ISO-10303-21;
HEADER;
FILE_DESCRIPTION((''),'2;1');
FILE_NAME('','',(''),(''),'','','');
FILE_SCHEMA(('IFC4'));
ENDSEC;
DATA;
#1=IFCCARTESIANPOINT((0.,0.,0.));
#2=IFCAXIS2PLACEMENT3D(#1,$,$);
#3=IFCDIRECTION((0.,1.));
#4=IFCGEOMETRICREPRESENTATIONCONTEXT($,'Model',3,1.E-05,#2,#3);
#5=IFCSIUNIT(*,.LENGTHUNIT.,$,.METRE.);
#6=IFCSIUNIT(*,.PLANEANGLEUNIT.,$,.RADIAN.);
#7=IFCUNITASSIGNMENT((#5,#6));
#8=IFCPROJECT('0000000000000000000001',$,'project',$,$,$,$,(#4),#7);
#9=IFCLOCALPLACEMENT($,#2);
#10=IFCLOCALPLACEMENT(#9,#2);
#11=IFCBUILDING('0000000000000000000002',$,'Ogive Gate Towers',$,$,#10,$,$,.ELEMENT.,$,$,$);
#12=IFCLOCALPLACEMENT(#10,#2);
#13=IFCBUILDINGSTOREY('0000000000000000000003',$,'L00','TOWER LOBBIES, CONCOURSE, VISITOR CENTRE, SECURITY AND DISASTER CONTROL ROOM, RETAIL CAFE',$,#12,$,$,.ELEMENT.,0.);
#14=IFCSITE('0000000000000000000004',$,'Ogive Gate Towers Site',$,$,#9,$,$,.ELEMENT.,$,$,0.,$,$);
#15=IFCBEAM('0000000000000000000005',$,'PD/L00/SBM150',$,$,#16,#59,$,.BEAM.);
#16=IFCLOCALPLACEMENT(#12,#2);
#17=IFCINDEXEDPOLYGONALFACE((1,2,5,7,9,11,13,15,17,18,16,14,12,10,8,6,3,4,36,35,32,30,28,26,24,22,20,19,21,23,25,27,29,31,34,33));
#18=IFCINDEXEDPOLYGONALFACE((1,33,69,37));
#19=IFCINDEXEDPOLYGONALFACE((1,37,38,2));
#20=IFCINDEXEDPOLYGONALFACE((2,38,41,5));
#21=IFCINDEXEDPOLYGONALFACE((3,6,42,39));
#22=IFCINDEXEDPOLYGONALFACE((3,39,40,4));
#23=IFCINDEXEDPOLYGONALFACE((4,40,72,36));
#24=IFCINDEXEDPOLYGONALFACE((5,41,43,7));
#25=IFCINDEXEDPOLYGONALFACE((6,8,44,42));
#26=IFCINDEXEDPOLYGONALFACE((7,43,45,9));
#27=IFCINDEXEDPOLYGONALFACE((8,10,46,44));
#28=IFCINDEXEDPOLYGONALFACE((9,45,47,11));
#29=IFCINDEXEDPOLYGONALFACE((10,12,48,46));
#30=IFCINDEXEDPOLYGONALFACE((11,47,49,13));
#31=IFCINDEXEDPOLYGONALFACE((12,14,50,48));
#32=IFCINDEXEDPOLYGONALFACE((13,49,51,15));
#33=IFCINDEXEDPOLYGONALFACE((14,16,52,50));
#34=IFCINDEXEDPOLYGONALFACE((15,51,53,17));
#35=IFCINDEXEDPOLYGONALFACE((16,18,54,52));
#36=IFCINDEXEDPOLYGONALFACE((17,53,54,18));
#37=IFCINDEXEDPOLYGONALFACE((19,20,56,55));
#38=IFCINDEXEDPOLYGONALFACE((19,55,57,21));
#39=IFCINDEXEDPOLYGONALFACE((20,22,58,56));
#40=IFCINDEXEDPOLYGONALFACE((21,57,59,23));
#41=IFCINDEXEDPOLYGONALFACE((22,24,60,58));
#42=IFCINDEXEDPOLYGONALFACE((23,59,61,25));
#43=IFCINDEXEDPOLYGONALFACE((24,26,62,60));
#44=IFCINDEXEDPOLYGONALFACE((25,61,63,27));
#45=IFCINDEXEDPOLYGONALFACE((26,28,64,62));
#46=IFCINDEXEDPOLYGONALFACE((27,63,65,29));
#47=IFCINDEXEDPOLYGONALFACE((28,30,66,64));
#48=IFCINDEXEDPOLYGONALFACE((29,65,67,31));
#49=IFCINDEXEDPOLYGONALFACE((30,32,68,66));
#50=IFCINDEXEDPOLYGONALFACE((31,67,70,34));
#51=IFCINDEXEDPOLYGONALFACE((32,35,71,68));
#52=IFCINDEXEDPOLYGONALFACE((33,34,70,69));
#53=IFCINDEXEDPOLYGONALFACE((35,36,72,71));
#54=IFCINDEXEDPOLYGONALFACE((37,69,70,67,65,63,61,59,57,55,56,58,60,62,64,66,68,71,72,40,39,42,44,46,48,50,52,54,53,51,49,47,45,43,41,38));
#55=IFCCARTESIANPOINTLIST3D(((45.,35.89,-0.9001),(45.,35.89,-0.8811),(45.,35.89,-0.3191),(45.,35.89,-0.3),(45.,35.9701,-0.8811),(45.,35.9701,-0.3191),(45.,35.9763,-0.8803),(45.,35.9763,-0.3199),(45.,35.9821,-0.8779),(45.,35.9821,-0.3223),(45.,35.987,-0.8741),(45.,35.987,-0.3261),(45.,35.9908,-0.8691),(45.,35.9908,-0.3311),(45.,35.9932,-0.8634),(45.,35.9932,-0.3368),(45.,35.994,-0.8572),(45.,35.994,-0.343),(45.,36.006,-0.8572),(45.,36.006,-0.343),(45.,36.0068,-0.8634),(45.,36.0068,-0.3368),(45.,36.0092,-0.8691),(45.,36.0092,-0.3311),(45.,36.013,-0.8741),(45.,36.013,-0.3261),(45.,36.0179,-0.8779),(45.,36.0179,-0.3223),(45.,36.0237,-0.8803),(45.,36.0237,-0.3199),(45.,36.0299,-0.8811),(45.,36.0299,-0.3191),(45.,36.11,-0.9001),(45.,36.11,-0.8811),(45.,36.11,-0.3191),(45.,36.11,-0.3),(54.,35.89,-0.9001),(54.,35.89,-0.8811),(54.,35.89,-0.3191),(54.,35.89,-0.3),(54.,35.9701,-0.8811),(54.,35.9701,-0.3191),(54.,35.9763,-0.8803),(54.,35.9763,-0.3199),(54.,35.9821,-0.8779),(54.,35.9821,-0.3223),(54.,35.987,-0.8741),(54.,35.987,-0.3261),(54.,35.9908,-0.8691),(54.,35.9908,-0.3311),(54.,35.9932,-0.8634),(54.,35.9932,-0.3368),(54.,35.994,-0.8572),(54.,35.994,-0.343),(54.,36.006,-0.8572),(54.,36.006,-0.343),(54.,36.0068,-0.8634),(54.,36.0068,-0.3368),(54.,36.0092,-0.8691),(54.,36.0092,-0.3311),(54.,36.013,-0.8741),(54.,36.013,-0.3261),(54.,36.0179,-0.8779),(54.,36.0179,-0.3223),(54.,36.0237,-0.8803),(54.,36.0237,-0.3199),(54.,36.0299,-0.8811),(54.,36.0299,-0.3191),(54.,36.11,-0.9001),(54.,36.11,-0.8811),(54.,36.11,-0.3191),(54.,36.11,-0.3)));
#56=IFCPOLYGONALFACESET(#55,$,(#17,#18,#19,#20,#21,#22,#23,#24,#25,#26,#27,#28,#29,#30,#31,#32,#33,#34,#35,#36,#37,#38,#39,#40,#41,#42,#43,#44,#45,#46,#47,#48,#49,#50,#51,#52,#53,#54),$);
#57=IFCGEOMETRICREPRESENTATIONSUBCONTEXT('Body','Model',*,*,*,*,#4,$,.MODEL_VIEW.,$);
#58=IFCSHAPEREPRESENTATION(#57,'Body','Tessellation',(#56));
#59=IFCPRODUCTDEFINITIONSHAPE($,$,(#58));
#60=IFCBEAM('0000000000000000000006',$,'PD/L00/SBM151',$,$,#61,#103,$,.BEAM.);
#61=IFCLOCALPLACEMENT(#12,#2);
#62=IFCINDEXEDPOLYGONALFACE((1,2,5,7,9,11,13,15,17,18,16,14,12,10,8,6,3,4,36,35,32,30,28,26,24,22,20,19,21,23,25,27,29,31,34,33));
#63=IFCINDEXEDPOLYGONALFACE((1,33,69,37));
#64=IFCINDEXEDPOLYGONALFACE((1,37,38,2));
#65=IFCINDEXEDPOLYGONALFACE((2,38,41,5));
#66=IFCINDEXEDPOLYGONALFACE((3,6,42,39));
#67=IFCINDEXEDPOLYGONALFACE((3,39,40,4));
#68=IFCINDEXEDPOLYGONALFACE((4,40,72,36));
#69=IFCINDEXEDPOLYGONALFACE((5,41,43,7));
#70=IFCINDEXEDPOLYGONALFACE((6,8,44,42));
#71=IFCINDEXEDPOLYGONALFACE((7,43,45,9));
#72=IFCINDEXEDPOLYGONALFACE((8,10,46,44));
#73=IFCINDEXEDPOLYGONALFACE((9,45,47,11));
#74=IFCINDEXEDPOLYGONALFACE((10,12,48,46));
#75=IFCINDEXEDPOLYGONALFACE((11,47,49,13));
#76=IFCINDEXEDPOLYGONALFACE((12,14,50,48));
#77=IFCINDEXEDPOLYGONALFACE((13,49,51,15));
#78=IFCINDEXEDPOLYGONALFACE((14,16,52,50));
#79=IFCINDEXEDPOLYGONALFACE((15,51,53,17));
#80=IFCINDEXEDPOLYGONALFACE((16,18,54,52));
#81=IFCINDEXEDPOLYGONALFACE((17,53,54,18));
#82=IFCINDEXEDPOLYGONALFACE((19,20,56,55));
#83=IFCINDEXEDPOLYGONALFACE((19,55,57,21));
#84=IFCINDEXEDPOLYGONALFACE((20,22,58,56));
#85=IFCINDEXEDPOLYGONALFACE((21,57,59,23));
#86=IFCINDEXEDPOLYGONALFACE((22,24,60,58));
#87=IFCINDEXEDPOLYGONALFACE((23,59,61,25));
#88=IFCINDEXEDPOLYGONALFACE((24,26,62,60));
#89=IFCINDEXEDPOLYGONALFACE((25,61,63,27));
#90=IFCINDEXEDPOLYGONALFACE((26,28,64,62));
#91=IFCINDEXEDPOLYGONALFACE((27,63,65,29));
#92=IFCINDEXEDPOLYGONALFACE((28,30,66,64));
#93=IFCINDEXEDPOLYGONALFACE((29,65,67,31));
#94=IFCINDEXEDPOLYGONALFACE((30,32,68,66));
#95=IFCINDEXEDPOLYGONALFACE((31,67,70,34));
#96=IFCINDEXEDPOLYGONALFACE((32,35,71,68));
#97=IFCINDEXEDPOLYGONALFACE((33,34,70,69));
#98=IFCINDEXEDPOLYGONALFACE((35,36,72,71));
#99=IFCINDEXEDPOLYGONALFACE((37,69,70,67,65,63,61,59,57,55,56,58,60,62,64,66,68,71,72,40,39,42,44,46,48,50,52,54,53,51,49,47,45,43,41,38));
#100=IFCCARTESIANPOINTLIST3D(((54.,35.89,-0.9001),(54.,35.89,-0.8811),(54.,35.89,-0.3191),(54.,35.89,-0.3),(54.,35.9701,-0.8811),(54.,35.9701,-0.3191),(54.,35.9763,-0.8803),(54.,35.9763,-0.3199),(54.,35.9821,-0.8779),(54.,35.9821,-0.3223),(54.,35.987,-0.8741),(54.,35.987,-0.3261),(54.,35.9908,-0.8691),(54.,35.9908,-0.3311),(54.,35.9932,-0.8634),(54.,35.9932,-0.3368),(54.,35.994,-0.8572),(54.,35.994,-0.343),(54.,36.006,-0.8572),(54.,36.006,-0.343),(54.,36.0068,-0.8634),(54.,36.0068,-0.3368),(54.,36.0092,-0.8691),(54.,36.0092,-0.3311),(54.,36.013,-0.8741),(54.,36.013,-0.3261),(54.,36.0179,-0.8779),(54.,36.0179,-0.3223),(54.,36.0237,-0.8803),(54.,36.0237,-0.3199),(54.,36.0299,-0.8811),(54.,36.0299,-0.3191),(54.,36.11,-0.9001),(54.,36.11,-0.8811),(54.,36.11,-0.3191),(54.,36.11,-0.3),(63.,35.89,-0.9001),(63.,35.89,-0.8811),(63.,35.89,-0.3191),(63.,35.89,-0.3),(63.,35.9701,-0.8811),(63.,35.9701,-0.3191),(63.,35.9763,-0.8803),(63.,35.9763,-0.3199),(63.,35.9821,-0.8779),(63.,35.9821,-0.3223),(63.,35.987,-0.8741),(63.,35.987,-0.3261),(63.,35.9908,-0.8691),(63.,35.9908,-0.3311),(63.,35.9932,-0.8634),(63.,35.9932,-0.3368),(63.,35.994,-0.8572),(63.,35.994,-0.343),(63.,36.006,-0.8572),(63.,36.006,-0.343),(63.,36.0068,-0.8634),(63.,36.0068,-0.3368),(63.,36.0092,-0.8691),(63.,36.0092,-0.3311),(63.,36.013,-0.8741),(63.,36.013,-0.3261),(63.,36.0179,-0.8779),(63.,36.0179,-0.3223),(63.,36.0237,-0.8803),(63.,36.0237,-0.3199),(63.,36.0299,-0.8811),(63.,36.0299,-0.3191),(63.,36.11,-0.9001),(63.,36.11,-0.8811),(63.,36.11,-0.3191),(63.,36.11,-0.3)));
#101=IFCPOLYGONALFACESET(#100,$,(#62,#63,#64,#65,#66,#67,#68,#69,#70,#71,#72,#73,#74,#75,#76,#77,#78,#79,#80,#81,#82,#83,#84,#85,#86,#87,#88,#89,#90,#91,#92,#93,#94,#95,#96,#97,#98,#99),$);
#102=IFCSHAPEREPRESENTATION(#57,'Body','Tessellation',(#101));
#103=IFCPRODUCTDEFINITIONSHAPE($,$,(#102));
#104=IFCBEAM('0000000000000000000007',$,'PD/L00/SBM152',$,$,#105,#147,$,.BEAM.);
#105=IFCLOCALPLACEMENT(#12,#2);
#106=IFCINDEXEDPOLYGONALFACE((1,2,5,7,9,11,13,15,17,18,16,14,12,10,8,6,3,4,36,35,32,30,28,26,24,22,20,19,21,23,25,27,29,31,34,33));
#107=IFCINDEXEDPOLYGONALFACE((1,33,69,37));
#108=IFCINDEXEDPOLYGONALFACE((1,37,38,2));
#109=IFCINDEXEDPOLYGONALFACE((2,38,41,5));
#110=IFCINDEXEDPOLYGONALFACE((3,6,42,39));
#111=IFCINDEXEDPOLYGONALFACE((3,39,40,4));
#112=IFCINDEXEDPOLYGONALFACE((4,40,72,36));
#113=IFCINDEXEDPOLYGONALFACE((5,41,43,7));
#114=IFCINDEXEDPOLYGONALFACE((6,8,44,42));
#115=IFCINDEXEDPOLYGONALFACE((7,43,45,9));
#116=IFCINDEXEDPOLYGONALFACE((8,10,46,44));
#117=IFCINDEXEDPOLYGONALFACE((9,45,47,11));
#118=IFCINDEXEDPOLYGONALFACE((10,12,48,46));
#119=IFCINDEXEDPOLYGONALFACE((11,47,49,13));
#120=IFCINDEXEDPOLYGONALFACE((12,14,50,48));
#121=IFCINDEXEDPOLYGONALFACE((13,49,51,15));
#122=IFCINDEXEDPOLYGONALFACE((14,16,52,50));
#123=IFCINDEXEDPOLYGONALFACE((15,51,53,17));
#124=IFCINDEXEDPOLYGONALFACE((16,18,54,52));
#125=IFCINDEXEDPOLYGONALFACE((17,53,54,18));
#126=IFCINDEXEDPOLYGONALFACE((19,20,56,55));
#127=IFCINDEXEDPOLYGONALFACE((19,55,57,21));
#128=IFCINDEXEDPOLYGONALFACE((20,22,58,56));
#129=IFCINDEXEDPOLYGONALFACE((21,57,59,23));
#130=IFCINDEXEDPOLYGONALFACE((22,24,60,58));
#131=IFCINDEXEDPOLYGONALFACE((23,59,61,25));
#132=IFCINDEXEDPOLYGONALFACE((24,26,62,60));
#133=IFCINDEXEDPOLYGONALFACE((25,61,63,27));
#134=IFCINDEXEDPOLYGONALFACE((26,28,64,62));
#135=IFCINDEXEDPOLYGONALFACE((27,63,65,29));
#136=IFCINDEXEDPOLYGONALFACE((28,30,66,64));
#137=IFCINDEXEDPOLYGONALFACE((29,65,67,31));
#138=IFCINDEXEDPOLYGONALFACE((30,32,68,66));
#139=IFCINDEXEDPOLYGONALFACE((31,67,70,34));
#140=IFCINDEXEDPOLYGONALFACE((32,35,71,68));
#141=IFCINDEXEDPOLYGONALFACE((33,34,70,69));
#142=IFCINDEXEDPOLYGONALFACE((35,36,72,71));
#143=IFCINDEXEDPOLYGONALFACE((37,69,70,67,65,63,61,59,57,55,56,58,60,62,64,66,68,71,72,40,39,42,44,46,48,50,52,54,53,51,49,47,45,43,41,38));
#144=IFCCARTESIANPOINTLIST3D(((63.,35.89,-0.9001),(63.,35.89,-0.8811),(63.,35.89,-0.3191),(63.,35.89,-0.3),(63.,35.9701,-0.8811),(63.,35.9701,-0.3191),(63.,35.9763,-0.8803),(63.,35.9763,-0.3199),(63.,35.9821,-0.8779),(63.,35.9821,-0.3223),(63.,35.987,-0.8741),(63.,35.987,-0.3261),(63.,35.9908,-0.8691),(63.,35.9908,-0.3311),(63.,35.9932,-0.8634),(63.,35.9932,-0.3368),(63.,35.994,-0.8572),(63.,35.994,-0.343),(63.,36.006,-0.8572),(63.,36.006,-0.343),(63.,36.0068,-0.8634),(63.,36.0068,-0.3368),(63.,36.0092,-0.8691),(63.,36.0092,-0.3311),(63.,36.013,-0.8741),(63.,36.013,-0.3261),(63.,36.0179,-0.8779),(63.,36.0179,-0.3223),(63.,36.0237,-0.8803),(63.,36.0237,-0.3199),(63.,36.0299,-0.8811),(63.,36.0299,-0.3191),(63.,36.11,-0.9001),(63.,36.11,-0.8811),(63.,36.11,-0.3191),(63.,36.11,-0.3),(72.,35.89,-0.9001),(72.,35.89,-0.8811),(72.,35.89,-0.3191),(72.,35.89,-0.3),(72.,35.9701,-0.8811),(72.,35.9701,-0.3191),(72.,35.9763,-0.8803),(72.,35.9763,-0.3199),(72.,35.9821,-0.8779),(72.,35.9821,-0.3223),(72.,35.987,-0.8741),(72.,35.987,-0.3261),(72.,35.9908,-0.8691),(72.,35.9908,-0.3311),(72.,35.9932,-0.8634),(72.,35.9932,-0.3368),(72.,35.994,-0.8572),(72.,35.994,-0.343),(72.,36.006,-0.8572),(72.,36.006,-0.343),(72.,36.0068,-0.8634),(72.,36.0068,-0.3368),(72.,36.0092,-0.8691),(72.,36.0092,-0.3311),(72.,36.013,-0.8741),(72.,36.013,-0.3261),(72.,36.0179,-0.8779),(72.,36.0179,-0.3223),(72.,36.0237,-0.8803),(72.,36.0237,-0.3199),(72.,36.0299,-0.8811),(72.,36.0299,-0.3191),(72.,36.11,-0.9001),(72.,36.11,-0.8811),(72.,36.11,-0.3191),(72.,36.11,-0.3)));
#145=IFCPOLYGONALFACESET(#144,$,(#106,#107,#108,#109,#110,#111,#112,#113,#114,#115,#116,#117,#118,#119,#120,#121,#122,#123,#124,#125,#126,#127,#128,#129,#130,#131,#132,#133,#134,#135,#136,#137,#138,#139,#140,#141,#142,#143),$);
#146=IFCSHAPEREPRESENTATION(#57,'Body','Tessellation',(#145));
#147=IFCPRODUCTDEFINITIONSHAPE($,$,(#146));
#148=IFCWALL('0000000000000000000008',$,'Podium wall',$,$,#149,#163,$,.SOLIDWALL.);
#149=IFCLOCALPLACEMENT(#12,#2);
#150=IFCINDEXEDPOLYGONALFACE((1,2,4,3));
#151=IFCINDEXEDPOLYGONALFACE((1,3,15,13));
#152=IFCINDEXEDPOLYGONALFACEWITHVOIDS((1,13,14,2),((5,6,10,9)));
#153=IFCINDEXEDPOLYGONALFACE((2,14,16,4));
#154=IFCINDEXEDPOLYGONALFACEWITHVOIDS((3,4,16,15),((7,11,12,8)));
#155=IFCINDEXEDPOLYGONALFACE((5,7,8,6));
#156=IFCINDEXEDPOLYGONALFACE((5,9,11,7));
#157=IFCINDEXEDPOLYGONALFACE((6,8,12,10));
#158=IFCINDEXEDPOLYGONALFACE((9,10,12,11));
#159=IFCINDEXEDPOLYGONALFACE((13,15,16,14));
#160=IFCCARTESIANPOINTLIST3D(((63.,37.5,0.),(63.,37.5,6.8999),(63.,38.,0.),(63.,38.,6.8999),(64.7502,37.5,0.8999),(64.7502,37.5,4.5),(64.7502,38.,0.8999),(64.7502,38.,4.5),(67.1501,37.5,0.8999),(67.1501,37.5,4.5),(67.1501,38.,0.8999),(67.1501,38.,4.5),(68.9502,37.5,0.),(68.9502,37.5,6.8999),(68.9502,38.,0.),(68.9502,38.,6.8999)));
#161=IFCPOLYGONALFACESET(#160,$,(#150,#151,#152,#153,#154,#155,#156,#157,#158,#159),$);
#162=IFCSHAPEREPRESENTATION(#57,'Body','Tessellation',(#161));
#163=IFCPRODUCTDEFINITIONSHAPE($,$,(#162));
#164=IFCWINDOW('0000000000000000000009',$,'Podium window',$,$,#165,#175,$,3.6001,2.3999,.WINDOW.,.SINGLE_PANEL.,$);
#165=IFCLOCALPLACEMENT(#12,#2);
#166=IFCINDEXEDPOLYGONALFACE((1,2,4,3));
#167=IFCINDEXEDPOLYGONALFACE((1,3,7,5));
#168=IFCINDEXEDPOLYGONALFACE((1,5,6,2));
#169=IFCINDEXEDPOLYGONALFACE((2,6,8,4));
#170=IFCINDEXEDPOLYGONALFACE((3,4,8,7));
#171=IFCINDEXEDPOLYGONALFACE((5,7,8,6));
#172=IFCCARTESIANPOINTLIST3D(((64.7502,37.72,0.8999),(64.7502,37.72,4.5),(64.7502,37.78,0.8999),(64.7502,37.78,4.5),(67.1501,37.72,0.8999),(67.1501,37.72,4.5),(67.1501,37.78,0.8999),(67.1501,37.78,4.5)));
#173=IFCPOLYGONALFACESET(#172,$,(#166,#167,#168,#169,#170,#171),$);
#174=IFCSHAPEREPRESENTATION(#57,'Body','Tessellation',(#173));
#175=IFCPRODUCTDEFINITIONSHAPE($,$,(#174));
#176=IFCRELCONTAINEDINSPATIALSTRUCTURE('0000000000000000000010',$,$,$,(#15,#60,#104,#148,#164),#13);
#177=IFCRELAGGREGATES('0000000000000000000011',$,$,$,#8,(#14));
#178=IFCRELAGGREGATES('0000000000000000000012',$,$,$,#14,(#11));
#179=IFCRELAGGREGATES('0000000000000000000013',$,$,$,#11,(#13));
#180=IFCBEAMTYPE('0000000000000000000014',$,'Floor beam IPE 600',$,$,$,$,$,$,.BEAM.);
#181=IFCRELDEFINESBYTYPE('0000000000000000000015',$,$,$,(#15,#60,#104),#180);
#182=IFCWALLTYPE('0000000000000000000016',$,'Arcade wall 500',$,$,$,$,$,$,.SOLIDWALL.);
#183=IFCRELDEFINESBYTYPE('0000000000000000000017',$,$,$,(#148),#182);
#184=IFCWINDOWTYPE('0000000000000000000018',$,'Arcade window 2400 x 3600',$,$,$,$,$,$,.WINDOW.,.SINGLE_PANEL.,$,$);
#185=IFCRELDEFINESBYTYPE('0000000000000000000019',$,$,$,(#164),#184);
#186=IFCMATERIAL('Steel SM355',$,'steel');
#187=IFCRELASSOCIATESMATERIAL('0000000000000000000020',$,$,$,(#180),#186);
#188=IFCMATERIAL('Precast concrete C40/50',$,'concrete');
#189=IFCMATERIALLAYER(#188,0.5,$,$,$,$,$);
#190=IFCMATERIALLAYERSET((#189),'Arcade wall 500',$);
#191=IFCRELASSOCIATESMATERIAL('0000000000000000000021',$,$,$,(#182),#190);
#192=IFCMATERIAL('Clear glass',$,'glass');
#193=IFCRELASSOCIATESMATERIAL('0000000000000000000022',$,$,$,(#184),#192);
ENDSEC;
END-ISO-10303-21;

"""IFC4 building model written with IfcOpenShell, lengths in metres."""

from ifc_helpers import new_model, si_unit, direction, frame, frame_2d, origin, origin_2d, place, context, subcontext, project, spatial, rectangle, i_section, extrude, material, layer, layer_set, material_profile, profile_set, type_object, element, fill, save


model = new_model("IFC4")

# Units and contexts
model_context = context("Model", 3, precision=1e-05, world=origin(), true_north=direction((0.0, 1.0)))
body_context = subcontext(model_context, "Body", "Model", "MODEL_VIEW")
ifc_project = project(units=[si_unit("LENGTHUNIT", "METRE"), si_unit("PLANEANGLEUNIT", "RADIAN")], contexts=[model_context])

# Site, building, storey
site_placement = place(None, origin())
site = spatial("IfcSite", under=ifc_project, at=site_placement, Name="Ogive Gate Towers Site", CompositionType="ELEMENT", RefElevation=0.0)
building_placement = place(site_placement, origin())
building = spatial("IfcBuilding", under=site, at=building_placement, Name="Ogive Gate Towers", CompositionType="ELEMENT")
storey_placement = place(building_placement, origin())
storey = spatial("IfcBuildingStorey", under=building, at=storey_placement, Name="L00", Description="TOWER LOBBIES, CONCOURSE, VISITOR CENTRE, SECURITY AND DISASTER CONTROL ROOM, RETAIL CAFE", CompositionType="ELEMENT", Elevation=0.0)

# Beams
ifc_material_1 = material(Name="Steel SM355", Category="steel")
ifc_material_profile_1 = material_profile(ifc_material_1, i_section(OverallWidth=0.22, OverallDepth=0.6001, WebThickness=0.012, FlangeThickness=0.019, FilletRadius=0.0239, at=origin_2d()), Name="IPE 600")
ifc_profile_set_1 = profile_set([ifc_material_profile_1], Name="Steel SM355")
beam_type = type_object("IfcBeamType", Name="Floor beam IPE 600", PredefinedType="BEAM", material=ifc_profile_set_1)
for number, where, z_axis, x_axis, name in (
    (1, (45.0, 36.0, -0.6001), (1.0, 0.0, 0.0), (0.0, 1.0, 0.0), "PD/L00/SBM150"),
    (2, (54.0, 36.0, -0.6001), (1.0, 0.0, 0.0), (0.0, 1.0, 0.0), "PD/L00/SBM151"),
    (3, (63.0, 36.0, -0.6001), (1.0, 0.0, 0.0), (0.0, 1.0, 0.0), "PD/L00/SBM152"),
):
    element("IfcBeam", number, at=place(storey_placement, frame(where, z_axis=z_axis, x_axis=x_axis)), inside=storey, type_object=beam_type, Name=name, PredefinedType="BEAM", context=body_context, shape_type="SweptSolid", body=[
        extrude(i_section(OverallWidth=0.22, OverallDepth=0.6001, WebThickness=0.012, FlangeThickness=0.019, FilletRadius=0.0239, at=origin_2d()), origin(), (0.0, 0.0, 1.0), 9.0),
    ])

# Wall, opening, window
ifc_material_2 = material(Name="Precast concrete C40/50", Category="concrete")
ifc_layer = layer(ifc_material_2, 0.5)
ifc_layer_set = layer_set([ifc_layer], Name="Arcade wall 500")
wall_type = type_object("IfcWallType", Name="Arcade wall 500", PredefinedType="SOLIDWALL", material=ifc_layer_set)
wall_1_placement = place(storey_placement, frame((68.9502, 37.75, 0.0), z_axis=(0.0, 0.0, 1.0), x_axis=(-1.0, 0.0, 0.0)))
wall_1 = element("IfcWall", 4, at=wall_1_placement, inside=storey, type_object=wall_type, Name="Podium wall", PredefinedType="SOLIDWALL", context=body_context, shape_type="SweptSolid", body=[
    extrude(rectangle(XDim=5.9502, YDim=0.5, at=frame_2d((2.9751, 0.0))), origin(), (0.0, 0.0, 1.0), 6.8999),
])
opening_1_placement = place(wall_1_placement, frame((1.8, 0.0, 0.8999)))
opening_1 = element("IfcOpeningElement", 5, at=opening_1_placement, cuts=wall_1, PredefinedType="OPENING", context=body_context, shape_type="SweptSolid", body=[
    extrude(rectangle(XDim=2.3999, YDim=3.6001, at=frame_2d((1.2, 1.8))), frame((0.0, 0.26, 0.0), z_axis=(0.0, -1.0, 0.0), x_axis=(1.0, 0.0, 0.0)), (0.0, 0.0, 1.0), 0.52),
])
ifc_material_3 = material(Name="Clear glass", Category="glass")
window_type = type_object("IfcWindowType", Name="Arcade window 2400 x 3600", PartitioningType="SINGLE_PANEL", PredefinedType="WINDOW", material=ifc_material_3)
window_placement = place(opening_1_placement, origin())
window = element("IfcWindow", 6, at=window_placement, inside=storey, type_object=window_type, Name="Podium window", OverallHeight=3.6001, OverallWidth=2.3999, PartitioningType="SINGLE_PANEL", PredefinedType="WINDOW", context=body_context, shape_type="SweptSolid", body=[
    extrude(rectangle(XDim=2.3999, YDim=3.6001, at=frame_2d((1.2, 1.8))), frame((0.0, 0.03, 0.0), z_axis=(0.0, -1.0, 0.0), x_axis=(1.0, 0.0, 0.0)), (0.0, 0.0, 1.0), 0.0601),
])
fill(opening_1, window)

save(model, "model.ifc")
